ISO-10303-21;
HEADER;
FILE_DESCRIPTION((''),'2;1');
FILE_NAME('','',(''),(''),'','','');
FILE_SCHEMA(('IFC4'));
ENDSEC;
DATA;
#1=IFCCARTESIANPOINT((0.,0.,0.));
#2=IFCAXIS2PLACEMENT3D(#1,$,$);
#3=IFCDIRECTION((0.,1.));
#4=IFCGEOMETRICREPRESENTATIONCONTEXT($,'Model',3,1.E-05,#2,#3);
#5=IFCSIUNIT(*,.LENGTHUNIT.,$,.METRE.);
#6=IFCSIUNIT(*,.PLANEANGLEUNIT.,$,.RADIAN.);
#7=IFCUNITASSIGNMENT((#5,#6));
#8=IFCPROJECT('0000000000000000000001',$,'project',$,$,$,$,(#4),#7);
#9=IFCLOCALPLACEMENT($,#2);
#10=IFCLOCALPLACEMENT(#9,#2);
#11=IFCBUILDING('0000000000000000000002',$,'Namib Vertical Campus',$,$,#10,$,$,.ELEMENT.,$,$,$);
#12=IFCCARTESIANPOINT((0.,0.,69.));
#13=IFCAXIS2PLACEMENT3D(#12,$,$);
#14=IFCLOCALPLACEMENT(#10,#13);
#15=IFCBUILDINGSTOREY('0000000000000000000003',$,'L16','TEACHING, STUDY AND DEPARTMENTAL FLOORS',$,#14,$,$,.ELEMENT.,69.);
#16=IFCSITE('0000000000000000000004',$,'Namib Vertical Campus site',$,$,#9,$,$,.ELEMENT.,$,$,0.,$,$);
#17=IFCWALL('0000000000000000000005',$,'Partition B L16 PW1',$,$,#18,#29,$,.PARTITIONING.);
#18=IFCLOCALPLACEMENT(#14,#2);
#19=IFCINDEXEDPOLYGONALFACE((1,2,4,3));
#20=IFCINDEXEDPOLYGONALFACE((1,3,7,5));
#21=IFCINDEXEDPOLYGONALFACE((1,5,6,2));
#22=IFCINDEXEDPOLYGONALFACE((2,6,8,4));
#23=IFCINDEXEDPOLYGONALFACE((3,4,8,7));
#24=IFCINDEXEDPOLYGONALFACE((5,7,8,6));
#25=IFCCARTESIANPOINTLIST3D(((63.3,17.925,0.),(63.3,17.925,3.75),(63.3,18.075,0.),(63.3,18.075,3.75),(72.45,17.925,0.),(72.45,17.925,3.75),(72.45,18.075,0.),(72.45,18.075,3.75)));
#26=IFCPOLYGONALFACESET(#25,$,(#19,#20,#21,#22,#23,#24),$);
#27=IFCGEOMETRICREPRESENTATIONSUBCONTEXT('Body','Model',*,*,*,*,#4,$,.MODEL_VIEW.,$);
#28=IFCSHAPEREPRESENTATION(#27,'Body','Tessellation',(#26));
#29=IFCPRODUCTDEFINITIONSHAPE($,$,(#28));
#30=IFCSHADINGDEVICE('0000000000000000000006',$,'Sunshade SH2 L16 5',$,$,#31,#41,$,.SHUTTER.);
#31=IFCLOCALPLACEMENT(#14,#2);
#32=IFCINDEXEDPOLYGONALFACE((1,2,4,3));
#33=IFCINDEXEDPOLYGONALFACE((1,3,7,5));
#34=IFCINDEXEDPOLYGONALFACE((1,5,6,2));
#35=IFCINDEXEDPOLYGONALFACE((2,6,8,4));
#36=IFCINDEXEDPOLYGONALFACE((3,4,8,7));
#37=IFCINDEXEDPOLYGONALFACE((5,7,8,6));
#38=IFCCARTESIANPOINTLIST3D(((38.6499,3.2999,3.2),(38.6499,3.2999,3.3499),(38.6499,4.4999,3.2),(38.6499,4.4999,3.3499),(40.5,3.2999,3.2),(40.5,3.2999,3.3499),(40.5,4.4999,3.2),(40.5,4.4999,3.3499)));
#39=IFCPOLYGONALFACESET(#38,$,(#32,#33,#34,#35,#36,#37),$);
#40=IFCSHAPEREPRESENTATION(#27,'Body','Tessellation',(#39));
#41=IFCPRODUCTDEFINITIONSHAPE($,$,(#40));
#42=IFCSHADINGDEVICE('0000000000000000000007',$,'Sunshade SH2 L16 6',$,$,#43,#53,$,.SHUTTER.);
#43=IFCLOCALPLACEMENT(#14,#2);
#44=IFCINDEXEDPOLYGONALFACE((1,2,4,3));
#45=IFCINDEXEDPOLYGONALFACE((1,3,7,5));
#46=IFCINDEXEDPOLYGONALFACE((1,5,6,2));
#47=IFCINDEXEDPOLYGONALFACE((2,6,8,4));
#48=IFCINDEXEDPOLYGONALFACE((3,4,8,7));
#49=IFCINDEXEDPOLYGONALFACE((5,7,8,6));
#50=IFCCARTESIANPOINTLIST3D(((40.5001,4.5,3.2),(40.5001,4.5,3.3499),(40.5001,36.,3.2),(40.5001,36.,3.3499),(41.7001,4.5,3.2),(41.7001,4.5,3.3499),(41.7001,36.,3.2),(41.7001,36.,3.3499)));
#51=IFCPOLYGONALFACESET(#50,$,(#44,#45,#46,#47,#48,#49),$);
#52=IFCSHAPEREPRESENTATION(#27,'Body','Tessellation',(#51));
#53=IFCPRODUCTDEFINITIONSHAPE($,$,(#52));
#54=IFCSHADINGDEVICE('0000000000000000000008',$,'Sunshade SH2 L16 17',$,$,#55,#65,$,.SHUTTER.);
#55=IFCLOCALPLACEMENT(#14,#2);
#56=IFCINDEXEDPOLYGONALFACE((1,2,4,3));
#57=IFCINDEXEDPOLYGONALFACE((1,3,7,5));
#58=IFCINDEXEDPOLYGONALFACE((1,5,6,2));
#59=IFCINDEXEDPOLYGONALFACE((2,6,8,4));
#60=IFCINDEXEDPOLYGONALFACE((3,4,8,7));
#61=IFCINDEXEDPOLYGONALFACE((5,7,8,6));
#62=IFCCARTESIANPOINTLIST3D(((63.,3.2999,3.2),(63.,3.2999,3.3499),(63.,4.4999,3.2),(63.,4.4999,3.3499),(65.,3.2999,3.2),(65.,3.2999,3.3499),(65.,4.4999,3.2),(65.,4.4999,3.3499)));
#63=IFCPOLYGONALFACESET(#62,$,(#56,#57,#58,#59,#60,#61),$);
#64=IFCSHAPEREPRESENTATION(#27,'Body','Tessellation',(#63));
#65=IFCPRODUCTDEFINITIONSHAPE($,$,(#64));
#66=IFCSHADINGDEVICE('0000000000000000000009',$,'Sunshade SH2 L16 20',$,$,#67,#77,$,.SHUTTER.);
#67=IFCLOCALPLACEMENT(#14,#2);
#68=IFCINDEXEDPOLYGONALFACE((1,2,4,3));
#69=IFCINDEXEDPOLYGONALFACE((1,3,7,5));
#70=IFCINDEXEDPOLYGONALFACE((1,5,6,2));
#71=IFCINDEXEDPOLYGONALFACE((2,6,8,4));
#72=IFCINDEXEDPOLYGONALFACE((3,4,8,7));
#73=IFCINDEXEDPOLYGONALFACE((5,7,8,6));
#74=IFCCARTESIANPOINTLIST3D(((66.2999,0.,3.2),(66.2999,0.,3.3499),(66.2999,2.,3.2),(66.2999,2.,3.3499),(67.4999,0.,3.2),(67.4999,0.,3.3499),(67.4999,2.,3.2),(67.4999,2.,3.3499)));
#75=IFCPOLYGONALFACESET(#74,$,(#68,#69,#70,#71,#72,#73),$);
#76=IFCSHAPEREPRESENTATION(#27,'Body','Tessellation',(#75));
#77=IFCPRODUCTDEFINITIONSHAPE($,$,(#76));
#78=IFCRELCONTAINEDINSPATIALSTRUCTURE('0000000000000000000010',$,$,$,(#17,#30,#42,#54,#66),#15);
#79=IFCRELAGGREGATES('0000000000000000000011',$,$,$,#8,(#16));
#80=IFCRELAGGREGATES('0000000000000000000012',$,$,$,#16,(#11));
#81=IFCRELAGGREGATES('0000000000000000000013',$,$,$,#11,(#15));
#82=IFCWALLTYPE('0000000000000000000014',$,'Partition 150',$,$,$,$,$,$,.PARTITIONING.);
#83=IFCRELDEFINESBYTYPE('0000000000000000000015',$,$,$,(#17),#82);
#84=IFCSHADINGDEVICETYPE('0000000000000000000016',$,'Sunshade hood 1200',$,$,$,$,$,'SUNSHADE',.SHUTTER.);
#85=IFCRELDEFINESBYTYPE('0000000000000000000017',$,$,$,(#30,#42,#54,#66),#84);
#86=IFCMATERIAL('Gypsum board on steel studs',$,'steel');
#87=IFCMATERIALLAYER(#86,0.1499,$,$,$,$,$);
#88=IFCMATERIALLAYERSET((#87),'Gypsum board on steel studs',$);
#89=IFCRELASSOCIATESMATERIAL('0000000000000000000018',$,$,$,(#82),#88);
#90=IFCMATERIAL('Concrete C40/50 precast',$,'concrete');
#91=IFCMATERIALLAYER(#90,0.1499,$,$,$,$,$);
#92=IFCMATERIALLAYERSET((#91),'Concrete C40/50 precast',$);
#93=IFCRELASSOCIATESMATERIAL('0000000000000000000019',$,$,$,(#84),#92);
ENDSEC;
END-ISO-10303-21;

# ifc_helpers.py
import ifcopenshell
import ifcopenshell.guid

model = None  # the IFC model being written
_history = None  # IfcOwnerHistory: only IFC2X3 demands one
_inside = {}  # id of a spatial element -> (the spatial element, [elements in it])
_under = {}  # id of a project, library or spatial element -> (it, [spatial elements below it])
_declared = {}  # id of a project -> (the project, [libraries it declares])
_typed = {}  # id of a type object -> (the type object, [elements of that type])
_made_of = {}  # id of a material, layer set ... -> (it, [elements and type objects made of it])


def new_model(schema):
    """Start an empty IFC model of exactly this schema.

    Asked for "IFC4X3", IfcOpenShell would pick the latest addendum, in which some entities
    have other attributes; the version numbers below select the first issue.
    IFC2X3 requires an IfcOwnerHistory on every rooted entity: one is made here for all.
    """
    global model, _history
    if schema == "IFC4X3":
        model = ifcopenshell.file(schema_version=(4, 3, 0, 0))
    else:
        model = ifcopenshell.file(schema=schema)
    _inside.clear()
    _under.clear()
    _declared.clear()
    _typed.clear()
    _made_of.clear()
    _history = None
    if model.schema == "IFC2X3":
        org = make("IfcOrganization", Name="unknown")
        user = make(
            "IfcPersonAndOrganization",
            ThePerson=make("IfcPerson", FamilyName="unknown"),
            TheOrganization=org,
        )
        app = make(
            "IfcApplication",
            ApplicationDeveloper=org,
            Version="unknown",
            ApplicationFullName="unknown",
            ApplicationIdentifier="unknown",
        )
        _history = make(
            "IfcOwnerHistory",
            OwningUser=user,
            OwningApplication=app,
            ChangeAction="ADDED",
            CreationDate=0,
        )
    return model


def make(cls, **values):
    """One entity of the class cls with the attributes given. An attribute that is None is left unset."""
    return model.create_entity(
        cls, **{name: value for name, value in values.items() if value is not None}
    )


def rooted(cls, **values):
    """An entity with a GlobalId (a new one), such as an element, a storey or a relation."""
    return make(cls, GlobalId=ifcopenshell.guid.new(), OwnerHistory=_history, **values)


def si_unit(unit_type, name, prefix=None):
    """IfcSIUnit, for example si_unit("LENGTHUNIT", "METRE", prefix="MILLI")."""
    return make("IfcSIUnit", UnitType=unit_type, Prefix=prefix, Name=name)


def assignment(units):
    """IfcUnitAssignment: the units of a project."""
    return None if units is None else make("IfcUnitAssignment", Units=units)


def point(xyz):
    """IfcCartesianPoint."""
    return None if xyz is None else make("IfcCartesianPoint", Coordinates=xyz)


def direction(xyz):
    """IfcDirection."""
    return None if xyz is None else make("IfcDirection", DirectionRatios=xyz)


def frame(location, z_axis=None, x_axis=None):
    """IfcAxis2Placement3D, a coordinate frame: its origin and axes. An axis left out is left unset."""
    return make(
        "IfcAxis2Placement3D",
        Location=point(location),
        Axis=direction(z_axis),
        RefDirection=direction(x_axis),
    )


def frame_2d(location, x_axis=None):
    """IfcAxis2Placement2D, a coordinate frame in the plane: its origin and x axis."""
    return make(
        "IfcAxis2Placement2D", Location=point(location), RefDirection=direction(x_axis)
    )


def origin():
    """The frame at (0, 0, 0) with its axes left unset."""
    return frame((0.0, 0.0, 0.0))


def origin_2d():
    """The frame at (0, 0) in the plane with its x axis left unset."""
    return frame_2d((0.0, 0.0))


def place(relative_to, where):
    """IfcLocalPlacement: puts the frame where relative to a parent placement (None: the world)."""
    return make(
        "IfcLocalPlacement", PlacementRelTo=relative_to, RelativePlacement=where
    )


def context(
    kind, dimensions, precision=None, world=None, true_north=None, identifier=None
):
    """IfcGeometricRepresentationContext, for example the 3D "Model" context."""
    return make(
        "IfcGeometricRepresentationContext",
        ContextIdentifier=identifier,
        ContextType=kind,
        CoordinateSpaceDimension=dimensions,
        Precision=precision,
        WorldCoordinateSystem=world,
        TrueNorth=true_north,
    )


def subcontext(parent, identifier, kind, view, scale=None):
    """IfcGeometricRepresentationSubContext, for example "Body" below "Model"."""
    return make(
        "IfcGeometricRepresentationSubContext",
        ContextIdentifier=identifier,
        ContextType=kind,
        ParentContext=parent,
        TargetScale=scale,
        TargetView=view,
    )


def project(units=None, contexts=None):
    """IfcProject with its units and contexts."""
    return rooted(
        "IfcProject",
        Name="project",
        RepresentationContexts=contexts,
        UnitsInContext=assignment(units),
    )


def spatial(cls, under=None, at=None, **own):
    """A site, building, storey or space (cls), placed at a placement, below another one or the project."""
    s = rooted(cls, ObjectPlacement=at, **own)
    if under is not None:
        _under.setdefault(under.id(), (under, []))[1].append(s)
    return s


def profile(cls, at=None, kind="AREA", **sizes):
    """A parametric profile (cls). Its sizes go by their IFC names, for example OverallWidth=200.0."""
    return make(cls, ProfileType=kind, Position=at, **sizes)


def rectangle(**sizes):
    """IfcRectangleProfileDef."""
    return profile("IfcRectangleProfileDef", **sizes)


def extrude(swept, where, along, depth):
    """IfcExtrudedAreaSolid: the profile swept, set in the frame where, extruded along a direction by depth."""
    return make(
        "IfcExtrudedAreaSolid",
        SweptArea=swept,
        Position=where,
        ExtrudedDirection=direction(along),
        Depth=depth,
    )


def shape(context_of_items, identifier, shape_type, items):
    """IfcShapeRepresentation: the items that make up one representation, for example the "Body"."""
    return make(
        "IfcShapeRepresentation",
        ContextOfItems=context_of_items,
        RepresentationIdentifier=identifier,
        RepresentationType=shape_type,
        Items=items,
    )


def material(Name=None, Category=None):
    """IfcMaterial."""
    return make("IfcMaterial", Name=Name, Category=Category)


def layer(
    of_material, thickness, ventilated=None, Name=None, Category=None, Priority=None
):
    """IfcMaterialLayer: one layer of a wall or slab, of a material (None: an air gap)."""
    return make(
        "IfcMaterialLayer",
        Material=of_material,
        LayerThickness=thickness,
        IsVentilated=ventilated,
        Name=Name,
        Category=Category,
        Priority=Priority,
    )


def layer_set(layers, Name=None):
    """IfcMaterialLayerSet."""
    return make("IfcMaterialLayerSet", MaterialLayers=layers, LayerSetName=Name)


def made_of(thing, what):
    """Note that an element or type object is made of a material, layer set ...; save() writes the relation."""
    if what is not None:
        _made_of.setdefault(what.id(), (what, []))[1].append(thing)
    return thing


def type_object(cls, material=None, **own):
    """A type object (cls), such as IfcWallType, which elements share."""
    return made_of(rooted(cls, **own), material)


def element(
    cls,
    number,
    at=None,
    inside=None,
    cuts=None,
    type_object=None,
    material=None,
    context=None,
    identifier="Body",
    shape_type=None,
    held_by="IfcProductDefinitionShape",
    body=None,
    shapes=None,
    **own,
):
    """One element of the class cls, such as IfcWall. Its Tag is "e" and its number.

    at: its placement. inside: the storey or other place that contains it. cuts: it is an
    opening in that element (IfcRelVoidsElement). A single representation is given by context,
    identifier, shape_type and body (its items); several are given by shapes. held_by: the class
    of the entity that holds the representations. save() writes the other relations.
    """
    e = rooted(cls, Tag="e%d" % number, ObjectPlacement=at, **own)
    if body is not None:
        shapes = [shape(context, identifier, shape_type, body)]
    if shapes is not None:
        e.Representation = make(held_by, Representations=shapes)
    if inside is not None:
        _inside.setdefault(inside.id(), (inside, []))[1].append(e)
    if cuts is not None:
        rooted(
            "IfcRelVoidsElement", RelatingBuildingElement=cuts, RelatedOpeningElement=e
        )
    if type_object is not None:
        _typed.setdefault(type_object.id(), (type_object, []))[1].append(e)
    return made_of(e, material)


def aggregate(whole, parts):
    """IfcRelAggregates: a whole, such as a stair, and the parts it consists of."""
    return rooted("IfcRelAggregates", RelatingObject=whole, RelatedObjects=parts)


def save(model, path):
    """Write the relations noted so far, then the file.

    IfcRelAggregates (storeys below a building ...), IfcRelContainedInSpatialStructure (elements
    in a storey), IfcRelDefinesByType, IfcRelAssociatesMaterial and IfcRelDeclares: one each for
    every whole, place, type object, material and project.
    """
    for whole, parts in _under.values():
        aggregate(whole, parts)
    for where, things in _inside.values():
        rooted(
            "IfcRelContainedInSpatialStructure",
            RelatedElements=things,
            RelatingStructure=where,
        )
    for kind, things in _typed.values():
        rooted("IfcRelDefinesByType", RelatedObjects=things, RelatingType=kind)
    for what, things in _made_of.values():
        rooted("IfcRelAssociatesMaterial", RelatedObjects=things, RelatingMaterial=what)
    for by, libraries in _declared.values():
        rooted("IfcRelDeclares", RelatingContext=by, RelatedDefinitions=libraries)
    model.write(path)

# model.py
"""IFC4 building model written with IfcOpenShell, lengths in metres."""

from ifc_helpers import new_model, si_unit, direction, frame, frame_2d, origin, origin_2d, place, context, subcontext, project, spatial, rectangle, extrude, material, layer, layer_set, type_object, element, save


model = new_model("IFC4")

# Units and contexts
model_context = context("Model", 3, precision=1e-05, world=origin(), true_north=direction((0.0, 1.0)))
body_context = subcontext(model_context, "Body", "Model", "MODEL_VIEW")
ifc_project = project(units=[si_unit("LENGTHUNIT", "METRE"), si_unit("PLANEANGLEUNIT", "RADIAN")], contexts=[model_context])

# Site, building, storey
site_placement = place(None, origin())
site = spatial("IfcSite", under=ifc_project, at=site_placement, Name="Namib Vertical Campus site", CompositionType="ELEMENT", RefElevation=0.0)
building_placement = place(site_placement, origin())
building = spatial("IfcBuilding", under=site, at=building_placement, Name="Namib Vertical Campus", CompositionType="ELEMENT")
storey_placement = place(building_placement, frame((0.0, 0.0, 69.0)))
storey = spatial("IfcBuildingStorey", under=building, at=storey_placement, Name="L16", Description="TEACHING, STUDY AND DEPARTMENTAL FLOORS", CompositionType="ELEMENT", Elevation=69.0)

# Wall
ifc_material_1 = material(Name="Gypsum board on steel studs", Category="steel")
ifc_layer_1 = layer(ifc_material_1, 0.1499)
ifc_layer_set_1 = layer_set([ifc_layer_1], Name="Gypsum board on steel studs")
wall_type_1 = type_object("IfcWallType", Name="Partition 150", PredefinedType="PARTITIONING", material=ifc_layer_set_1)
wall_1_placement = place(storey_placement, frame((63.3, 18.0, 0.0), z_axis=(0.0, 0.0, 1.0), x_axis=(1.0, 0.0, 0.0)))
element("IfcWall", 1, at=wall_1_placement, inside=storey, type_object=wall_type_1, Name="Partition B L16 PW1", PredefinedType="PARTITIONING", context=body_context, shape_type="SweptSolid", body=[
    extrude(rectangle(XDim=9.1499, YDim=0.1499, at=frame_2d((4.575, 0.0))), origin(), (0.0, 0.0, 1.0), 3.75),
])

# Shading devices
ifc_material_2 = material(Name="Concrete C40/50 precast", Category="concrete")
ifc_layer_2 = layer(ifc_material_2, 0.1499)
ifc_layer_set_2 = layer_set([ifc_layer_2], Name="Concrete C40/50 precast")
shading_device_type = type_object("IfcShadingDeviceType", Name="Sunshade hood 1200", ElementType="SUNSHADE", PredefinedType="SHUTTER", material=ifc_layer_set_2)
shading_device_1_placement = place(storey_placement, frame((39.575, 3.8999, 3.2), z_axis=(0.0, 0.0, 1.0), x_axis=(1.0, 0.0, 0.0)))
element("IfcShadingDevice", 2, at=shading_device_1_placement, inside=storey, type_object=shading_device_type, Name="Sunshade SH2 L16 5", PredefinedType="SHUTTER", context=body_context, shape_type="SweptSolid", body=[
    extrude(rectangle(XDim=1.8501, YDim=1.2, at=origin_2d()), origin(), (0.0, 0.0, 1.0), 0.1499),
])
shading_device_2_placement = place(storey_placement, frame((41.1001, 20.25, 3.2), z_axis=(0.0, 0.0, 1.0), x_axis=(0.0, 1.0, 0.0)))
element("IfcShadingDevice", 3, at=shading_device_2_placement, inside=storey, type_object=shading_device_type, Name="Sunshade SH2 L16 6", PredefinedType="SHUTTER", context=body_context, shape_type="SweptSolid", body=[
    extrude(rectangle(XDim=31.5, YDim=1.2, at=origin_2d()), origin(), (0.0, 0.0, 1.0), 0.1499),
])
for number, where, z_axis, x_axis, name in (
    (4, (64.0, 3.8999, 3.2), (0.0, 0.0, 1.0), (1.0, 0.0, 0.0), "Sunshade SH2 L16 17"),
    (5, (66.8999, 1.0, 3.2), (0.0, 0.0, 1.0), (0.0, -1.0, 0.0), "Sunshade SH2 L16 20"),
):
    element("IfcShadingDevice", number, at=place(storey_placement, frame(where, z_axis=z_axis, x_axis=x_axis)), inside=storey, type_object=shading_device_type, Name=name, PredefinedType="SHUTTER", context=body_context, shape_type="SweptSolid", body=[
        extrude(rectangle(XDim=2.0, YDim=1.2, at=origin_2d()), origin(), (0.0, 0.0, 1.0), 0.1499),
    ])

save(model, "model.ifc")
